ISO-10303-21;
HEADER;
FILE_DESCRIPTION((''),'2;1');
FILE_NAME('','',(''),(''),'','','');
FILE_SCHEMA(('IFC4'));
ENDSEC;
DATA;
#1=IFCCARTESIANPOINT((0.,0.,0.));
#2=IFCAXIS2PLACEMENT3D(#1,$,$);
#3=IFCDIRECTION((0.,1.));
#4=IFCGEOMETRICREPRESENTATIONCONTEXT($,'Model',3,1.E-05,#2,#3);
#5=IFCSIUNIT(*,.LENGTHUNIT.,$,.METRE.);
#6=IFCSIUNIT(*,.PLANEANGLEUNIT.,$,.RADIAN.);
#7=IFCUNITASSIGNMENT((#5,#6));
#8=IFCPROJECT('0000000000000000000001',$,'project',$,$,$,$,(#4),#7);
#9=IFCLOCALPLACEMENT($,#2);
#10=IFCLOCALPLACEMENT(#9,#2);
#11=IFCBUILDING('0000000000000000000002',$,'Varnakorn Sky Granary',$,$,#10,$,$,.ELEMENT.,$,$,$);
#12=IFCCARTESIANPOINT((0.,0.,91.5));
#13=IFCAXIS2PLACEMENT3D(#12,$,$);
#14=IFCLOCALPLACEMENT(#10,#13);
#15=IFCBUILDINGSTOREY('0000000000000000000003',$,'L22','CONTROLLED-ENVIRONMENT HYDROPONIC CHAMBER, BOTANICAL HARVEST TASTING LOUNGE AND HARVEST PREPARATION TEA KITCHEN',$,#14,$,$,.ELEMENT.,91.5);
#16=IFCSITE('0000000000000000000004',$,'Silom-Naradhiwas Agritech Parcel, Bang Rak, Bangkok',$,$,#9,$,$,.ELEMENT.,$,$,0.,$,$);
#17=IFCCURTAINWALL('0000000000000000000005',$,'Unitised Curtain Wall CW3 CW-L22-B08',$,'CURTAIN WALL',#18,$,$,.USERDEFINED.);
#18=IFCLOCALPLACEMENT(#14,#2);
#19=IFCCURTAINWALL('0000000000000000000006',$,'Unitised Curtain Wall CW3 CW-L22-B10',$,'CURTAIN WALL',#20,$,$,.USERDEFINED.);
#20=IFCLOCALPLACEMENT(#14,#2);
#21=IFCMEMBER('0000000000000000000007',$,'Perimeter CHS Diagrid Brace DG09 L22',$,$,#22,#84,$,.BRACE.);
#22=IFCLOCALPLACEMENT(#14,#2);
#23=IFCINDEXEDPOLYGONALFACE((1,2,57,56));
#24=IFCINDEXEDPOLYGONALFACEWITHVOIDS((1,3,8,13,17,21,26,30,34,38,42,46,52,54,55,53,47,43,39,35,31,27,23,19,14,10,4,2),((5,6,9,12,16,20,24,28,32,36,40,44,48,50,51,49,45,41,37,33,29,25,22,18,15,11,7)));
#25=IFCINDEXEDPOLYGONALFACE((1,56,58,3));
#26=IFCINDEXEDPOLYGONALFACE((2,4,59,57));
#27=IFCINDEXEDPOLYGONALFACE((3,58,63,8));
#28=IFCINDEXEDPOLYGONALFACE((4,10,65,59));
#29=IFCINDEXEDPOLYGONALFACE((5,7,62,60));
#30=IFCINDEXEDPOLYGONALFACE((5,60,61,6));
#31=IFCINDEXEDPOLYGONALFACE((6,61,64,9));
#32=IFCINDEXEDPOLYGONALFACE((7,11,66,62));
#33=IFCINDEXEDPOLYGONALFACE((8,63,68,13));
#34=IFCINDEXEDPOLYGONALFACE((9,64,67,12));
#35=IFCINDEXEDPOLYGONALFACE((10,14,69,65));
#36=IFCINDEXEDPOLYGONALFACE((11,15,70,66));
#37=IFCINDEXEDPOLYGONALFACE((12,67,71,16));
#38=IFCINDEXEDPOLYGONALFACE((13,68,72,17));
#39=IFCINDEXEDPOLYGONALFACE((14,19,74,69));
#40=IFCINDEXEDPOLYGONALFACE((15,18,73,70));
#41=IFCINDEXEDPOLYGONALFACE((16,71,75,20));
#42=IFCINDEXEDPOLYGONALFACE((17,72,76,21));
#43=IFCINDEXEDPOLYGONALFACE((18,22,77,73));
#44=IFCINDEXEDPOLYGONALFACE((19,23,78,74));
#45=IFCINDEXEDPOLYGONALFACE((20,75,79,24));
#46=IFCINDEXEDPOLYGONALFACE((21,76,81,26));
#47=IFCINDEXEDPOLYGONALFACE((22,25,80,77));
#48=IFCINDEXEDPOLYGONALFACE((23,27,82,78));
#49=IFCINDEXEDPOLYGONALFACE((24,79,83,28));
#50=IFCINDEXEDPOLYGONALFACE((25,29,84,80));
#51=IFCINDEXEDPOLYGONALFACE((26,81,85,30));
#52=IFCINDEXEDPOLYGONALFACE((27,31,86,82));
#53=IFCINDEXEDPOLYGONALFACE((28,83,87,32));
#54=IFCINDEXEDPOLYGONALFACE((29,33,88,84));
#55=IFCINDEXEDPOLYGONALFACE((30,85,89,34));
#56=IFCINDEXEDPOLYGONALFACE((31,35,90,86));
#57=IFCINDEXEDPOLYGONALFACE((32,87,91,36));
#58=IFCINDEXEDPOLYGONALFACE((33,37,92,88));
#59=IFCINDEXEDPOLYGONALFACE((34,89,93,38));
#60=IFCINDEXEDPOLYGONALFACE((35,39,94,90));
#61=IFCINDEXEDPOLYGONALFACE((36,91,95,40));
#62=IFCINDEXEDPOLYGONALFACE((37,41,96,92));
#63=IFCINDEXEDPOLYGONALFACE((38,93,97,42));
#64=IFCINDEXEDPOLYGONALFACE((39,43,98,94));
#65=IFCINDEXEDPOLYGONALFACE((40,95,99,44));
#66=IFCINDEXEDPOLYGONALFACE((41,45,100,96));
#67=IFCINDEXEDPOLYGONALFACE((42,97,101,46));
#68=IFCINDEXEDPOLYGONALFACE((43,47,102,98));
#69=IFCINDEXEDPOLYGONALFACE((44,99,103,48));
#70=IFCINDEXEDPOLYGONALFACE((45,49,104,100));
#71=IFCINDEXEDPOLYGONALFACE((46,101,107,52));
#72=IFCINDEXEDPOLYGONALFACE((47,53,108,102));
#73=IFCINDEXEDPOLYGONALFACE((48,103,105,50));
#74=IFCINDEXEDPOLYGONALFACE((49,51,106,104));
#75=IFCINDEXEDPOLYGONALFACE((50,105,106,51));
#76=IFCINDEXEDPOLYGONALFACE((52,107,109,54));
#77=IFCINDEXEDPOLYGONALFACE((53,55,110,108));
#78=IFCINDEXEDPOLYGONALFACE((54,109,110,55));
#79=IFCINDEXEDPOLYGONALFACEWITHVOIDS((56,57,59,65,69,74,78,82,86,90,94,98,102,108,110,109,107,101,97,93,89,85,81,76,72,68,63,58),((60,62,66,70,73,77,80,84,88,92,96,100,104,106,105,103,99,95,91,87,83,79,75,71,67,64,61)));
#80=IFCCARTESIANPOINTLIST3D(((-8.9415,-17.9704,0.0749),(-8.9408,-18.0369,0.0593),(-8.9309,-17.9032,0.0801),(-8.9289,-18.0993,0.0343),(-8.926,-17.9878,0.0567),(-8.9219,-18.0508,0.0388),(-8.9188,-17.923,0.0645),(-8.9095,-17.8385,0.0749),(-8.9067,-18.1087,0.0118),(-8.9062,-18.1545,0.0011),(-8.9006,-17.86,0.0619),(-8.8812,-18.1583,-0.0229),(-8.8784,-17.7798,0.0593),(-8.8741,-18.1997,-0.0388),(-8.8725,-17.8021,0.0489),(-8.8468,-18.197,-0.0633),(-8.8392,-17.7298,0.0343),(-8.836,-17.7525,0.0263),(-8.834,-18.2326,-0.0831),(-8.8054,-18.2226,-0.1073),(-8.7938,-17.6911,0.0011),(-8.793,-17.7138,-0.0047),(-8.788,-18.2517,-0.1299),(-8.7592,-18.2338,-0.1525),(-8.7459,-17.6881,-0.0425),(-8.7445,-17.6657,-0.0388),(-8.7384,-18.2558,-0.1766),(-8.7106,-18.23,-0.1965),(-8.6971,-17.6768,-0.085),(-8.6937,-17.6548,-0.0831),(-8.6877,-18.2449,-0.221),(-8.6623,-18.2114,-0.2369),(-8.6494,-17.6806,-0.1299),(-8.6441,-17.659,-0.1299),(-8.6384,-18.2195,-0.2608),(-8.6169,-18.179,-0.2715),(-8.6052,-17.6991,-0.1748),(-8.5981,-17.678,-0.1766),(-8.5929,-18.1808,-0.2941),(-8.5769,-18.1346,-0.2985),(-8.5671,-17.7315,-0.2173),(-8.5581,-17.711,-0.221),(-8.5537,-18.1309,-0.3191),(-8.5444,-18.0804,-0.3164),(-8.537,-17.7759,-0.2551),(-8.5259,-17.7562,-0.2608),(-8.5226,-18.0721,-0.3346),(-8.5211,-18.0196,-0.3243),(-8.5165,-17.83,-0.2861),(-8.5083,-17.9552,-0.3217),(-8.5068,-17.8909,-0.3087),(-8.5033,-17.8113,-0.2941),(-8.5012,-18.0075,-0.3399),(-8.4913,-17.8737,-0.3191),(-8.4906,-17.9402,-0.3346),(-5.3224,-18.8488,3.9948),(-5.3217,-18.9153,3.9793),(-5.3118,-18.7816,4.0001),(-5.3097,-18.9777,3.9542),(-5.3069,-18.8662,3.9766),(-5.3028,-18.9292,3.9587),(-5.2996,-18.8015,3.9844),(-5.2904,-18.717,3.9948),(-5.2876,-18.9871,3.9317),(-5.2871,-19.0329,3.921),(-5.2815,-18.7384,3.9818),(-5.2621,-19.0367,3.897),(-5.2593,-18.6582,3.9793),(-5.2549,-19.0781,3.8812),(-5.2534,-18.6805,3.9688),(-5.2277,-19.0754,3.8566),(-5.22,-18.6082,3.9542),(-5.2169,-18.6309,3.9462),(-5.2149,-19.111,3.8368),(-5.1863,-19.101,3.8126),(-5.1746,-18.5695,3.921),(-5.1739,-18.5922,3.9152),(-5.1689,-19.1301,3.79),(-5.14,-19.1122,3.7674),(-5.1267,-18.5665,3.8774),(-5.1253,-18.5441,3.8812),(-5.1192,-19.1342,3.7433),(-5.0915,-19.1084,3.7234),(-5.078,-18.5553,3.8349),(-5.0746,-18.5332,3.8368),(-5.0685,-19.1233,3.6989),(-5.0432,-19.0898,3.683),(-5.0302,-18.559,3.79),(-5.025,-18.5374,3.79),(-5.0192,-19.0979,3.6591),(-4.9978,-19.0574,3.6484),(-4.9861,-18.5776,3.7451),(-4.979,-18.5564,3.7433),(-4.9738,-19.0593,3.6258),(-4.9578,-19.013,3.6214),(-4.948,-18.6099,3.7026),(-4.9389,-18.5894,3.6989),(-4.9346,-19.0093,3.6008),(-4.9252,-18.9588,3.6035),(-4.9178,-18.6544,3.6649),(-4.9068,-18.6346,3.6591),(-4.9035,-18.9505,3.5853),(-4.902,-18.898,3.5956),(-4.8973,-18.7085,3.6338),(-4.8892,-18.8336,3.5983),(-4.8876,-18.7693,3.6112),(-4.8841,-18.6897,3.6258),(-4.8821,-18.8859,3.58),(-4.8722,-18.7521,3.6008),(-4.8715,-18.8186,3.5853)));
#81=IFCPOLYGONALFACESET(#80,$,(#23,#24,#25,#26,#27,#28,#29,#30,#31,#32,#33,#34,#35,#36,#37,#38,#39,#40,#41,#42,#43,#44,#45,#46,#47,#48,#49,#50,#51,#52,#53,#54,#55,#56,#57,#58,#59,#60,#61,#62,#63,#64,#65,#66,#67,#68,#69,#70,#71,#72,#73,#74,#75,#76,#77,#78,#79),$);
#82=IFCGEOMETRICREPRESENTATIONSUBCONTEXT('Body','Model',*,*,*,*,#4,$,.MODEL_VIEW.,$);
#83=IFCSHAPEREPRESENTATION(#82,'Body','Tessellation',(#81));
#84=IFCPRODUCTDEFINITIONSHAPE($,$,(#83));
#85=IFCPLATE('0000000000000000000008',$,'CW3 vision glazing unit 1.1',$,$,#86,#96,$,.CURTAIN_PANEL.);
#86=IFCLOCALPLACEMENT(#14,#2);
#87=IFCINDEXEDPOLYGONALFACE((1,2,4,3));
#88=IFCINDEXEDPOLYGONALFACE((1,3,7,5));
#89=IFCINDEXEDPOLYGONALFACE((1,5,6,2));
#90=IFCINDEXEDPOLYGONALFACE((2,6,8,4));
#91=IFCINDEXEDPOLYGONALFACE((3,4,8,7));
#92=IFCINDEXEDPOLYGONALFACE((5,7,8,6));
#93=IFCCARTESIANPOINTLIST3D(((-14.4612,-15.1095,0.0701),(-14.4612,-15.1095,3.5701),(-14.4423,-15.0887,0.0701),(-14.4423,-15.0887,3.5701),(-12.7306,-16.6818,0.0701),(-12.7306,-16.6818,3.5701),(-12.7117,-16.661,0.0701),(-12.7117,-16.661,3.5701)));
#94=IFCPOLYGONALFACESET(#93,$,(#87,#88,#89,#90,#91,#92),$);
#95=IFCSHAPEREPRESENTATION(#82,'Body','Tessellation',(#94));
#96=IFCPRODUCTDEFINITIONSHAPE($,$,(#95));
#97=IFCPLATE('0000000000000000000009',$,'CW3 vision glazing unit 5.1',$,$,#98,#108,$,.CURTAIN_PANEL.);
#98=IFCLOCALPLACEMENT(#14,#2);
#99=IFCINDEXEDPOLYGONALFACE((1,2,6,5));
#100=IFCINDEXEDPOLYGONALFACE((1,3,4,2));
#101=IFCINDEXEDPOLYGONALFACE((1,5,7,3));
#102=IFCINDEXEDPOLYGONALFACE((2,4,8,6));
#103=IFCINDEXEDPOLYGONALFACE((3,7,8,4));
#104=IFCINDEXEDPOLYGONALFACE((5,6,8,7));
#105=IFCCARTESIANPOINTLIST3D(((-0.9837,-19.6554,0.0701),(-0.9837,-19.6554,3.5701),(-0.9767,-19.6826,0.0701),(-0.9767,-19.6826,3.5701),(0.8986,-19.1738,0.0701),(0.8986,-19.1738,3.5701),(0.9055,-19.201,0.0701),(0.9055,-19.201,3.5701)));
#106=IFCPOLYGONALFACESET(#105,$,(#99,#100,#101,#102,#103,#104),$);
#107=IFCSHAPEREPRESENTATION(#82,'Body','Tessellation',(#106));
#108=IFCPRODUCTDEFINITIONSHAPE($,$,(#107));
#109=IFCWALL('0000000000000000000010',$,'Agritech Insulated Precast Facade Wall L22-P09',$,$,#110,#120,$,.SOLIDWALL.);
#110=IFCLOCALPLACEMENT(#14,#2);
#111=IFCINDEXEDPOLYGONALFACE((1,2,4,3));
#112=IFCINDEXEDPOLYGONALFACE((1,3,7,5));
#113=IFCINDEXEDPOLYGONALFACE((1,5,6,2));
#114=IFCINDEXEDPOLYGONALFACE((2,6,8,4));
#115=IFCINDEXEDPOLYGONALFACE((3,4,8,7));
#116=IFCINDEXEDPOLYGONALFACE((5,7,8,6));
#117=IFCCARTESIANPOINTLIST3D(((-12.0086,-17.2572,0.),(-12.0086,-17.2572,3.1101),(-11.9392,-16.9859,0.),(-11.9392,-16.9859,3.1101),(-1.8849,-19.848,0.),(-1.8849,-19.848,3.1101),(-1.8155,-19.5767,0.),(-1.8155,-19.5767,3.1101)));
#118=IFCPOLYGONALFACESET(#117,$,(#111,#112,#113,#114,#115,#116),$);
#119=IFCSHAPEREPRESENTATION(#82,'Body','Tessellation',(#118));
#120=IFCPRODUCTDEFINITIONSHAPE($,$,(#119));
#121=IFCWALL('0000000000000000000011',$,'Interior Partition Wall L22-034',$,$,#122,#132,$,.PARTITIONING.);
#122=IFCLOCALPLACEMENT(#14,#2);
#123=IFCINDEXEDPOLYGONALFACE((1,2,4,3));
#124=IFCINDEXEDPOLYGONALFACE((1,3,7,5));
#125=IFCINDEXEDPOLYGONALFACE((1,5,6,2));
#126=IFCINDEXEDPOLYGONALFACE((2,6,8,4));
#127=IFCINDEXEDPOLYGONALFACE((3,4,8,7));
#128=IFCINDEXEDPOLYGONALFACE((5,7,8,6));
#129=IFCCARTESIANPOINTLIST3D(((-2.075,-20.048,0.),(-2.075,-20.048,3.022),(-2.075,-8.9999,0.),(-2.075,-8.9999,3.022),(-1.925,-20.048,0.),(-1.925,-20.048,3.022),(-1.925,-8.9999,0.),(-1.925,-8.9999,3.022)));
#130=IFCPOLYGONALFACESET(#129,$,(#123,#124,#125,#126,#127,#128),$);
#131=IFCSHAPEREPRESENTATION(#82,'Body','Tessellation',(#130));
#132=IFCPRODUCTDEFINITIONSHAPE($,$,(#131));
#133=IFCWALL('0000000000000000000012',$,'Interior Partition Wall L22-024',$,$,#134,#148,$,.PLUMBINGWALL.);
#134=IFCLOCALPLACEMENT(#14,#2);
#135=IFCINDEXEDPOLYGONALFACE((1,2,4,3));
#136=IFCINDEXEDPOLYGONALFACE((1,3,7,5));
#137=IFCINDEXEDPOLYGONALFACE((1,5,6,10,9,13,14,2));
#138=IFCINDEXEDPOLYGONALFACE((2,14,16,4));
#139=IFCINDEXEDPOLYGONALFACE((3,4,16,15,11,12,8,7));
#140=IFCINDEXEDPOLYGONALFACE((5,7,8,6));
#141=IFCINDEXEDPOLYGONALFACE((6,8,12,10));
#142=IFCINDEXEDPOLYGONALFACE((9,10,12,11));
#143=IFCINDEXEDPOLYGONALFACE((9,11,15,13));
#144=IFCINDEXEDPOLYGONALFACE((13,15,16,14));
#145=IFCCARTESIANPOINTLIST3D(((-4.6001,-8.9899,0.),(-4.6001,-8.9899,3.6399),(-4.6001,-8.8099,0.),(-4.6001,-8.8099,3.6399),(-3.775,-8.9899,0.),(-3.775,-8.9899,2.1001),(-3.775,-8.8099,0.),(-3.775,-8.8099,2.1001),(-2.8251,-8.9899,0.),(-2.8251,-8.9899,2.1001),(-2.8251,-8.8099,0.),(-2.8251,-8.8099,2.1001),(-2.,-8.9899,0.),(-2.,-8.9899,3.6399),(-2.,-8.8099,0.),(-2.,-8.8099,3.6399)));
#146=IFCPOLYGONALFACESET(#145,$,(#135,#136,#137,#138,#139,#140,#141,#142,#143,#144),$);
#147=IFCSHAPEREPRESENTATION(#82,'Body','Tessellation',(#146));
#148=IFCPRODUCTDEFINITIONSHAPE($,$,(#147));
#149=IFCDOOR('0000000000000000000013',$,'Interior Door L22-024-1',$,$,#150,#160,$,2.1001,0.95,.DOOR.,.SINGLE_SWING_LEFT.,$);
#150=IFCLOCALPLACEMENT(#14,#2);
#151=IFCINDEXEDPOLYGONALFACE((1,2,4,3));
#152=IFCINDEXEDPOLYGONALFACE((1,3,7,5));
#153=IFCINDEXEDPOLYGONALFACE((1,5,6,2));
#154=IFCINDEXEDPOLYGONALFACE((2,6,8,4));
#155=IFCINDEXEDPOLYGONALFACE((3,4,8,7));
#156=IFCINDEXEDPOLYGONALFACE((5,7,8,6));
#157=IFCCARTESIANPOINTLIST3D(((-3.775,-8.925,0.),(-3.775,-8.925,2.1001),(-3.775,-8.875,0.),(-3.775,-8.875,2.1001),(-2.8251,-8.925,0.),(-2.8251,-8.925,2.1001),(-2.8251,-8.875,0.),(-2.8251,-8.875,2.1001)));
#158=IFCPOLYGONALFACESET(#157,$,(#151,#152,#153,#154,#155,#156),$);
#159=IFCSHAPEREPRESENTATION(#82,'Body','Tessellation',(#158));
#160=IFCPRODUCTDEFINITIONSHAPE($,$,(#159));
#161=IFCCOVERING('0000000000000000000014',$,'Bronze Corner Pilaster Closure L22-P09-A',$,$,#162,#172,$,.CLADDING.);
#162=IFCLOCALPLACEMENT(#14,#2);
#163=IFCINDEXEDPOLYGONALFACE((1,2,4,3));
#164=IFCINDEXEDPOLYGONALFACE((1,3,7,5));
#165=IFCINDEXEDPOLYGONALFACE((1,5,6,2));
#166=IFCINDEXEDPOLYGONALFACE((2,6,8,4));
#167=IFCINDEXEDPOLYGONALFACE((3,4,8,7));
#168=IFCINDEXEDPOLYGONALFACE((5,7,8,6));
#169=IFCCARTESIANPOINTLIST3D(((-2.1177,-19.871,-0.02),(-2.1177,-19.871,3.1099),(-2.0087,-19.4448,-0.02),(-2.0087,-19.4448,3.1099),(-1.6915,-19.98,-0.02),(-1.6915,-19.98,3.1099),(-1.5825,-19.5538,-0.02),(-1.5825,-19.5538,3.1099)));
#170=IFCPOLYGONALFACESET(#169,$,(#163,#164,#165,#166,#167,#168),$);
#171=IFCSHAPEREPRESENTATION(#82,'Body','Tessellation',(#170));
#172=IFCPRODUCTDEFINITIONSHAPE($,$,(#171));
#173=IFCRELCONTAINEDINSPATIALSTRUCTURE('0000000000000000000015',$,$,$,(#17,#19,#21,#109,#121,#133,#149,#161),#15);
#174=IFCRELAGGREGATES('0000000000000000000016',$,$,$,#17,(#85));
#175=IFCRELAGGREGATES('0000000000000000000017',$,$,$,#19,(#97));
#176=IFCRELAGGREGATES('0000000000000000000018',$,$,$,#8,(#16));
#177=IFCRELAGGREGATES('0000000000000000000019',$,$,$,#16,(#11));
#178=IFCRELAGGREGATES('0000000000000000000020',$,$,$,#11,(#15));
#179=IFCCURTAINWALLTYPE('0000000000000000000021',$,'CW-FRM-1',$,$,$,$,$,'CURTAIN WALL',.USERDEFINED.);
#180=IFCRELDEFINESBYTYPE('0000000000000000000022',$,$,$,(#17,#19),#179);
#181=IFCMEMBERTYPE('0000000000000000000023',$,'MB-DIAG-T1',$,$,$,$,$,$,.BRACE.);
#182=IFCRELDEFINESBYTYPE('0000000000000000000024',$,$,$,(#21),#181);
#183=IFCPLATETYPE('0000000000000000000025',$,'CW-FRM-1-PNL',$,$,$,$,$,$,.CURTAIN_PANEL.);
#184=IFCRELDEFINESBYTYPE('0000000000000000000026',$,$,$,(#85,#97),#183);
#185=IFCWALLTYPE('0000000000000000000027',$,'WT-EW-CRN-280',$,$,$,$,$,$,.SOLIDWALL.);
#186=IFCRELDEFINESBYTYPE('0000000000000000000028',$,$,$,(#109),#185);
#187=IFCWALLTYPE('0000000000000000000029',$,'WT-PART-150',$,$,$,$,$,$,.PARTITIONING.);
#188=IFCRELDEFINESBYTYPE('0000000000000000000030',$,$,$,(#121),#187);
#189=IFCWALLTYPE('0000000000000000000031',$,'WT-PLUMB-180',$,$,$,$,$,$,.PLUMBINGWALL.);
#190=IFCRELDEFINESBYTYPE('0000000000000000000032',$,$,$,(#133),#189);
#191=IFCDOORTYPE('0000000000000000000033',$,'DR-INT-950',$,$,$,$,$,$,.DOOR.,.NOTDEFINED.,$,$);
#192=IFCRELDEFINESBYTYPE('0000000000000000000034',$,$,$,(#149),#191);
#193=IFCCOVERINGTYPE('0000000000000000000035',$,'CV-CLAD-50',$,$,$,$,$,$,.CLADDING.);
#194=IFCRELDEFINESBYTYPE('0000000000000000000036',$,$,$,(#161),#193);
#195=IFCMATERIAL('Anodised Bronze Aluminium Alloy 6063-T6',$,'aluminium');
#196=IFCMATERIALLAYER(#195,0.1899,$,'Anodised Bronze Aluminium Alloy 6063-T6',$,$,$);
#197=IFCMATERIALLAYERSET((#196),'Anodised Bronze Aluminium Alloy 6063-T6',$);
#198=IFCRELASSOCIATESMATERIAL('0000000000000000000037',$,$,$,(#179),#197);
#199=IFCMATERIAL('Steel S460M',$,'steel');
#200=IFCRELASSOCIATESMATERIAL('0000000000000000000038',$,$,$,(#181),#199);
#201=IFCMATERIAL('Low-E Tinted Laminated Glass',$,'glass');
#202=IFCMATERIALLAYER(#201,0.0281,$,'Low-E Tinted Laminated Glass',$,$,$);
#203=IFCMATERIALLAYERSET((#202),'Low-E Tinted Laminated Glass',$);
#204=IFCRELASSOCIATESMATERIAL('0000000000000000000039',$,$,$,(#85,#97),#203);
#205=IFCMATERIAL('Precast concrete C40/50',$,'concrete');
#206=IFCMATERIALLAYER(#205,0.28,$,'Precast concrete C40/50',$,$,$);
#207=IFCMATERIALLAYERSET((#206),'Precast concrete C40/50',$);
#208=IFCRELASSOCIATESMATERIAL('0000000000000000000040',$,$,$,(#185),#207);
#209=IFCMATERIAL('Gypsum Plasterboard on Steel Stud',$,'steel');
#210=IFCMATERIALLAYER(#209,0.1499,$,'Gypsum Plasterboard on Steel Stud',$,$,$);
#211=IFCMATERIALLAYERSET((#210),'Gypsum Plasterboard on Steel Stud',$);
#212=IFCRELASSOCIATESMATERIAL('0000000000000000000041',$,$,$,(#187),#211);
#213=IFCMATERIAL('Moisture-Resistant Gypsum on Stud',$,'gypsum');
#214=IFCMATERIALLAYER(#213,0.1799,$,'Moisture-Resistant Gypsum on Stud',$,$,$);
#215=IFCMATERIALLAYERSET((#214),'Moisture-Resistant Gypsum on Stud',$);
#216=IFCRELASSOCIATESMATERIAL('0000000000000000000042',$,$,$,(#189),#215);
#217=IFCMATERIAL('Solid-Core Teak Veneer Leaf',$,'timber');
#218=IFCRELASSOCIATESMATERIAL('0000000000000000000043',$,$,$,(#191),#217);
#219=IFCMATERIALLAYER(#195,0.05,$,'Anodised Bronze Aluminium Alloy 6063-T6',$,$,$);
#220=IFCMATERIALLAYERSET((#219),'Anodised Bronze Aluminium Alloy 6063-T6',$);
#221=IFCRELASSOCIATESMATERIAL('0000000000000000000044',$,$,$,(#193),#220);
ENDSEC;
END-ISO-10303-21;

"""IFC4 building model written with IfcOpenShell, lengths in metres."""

from ifc_helpers import new_model, si_unit, direction, frame, frame_2d, origin, origin_2d, place, context, subcontext, project, spatial, rectangle, hollow_circle, extrude, source, transform, mapped, material, layer, layer_set, material_profile, profile_set, type_object, type_shapes, element, fill, aggregate, save


model = new_model("IFC4")

# Units and contexts
model_context = context("Model", 3, precision=1e-05, world=origin(), true_north=direction((0.0, 1.0)))
body_context = subcontext(model_context, "Body", "Model", "MODEL_VIEW")
ifc_project = project(units=[si_unit("LENGTHUNIT", "METRE"), si_unit("PLANEANGLEUNIT", "RADIAN")], contexts=[model_context])

# Site, building, storey
site_placement = place(None, origin())
site = spatial("IfcSite", under=ifc_project, at=site_placement, Name="Silom-Naradhiwas Agritech Parcel, Bang Rak, Bangkok", CompositionType="ELEMENT", RefElevation=0.0)
building_placement = place(site_placement, origin())
building = spatial("IfcBuilding", under=site, at=building_placement, Name="Varnakorn Sky Granary", CompositionType="ELEMENT")
storey_placement = place(building_placement, frame((0.0, 0.0, 91.5)))
storey = spatial("IfcBuildingStorey", under=building, at=storey_placement, Name="L22", Description="CONTROLLED-ENVIRONMENT HYDROPONIC CHAMBER, BOTANICAL HARVEST TASTING LOUNGE AND HARVEST PREPARATION TEA KITCHEN", CompositionType="ELEMENT", Elevation=91.5)

# Shared definitions
ifc_material_1 = material(Name="Steel S460M", Category="steel")

# Curtain wall
ifc_material_2 = material(Name="Anodised Bronze Aluminium Alloy 6063-T6", Category="aluminium")
ifc_layer_1 = layer(ifc_material_2, 0.1899, Name="Anodised Bronze Aluminium Alloy 6063-T6")
ifc_layer_set_1 = layer_set([ifc_layer_1], Name="Anodised Bronze Aluminium Alloy 6063-T6")
curtain_wall_type = type_object("IfcCurtainWallType", Name="CW-FRM-1", ElementType="CURTAIN WALL", PredefinedType="USERDEFINED", material=ifc_layer_set_1)
curtain_wall_1_placement = place(storey_placement, origin())
curtain_wall_1 = element("IfcCurtainWall", 1, at=curtain_wall_1_placement, inside=storey, type_object=curtain_wall_type, Name="Unitised Curtain Wall CW3 CW-L22-B08", ObjectType="CURTAIN WALL", PredefinedType="USERDEFINED")

# Curtain wall
curtain_wall_2_placement = place(storey_placement, origin())
curtain_wall_2 = element("IfcCurtainWall", 2, at=curtain_wall_2_placement, inside=storey, type_object=curtain_wall_type, Name="Unitised Curtain Wall CW3 CW-L22-B10", ObjectType="CURTAIN WALL", PredefinedType="USERDEFINED")

# Member
ifc_material_profile_1 = material_profile(ifc_material_1, hollow_circle(Radius=0.3049, WallThickness=0.0222, at=origin_2d()), Name="CHS 610x22")
ifc_profile_set_1 = profile_set([ifc_material_profile_1], Name="Steel S460M")
member_type_1 = type_object("IfcMemberType", Name="MB-DIAG-T1", PredefinedType="BRACE", material=ifc_profile_set_1)
member_1_placement = place(storey_placement, frame((-8.7161, -17.9553, -0.1299), z_axis=(0.669344, -0.16246, 0.724972), x_axis=(0.235866, 0.971785, 0.0)))
element("IfcMember", 3, at=member_1_placement, inside=storey, type_object=member_type_1, Name="Perimeter CHS Diagrid Brace DG09 L22", PredefinedType="BRACE", context=body_context, shape_type="SweptSolid", body=[
    extrude(hollow_circle(Radius=0.3049, WallThickness=0.0222, at=origin_2d()), origin(), (0.0, 0.0, 1.0), 5.407),
])

# Plates
ifc_material_3 = material(Name="Low-E Tinted Laminated Glass", Category="glass")
ifc_layer_2 = layer(ifc_material_3, 0.0281, Name="Low-E Tinted Laminated Glass")
ifc_layer_set_2 = layer_set([ifc_layer_2], Name="Low-E Tinted Laminated Glass")
plate_type = type_object("IfcPlateType", Name="CW-FRM-1-PNL", PredefinedType="CURTAIN_PANEL")
shared_shape_1 = source(origin(), body_context, "Body", "SweptSolid", [
    extrude(rectangle(XDim=2.3381, YDim=0.0281, at=origin_2d()), origin(), (0.0, 0.0, 1.0), 3.5),
])
plate_1_placement = place(storey_placement, frame((-13.5864, -15.8853, 0.0701), z_axis=(0.0, 0.0, 1.0), x_axis=(-0.740161, 0.672429, 0.0)))
plate_1 = element("IfcPlate", 4, at=plate_1_placement, type_object=plate_type, material=ifc_layer_set_2, Name="CW3 vision glazing unit 1.1", PredefinedType="CURTAIN_PANEL", context=body_context, shape_type="MappedRepresentation", body=[
    mapped(shared_shape_1, transform((0.0, 0.0, 0.0), x_axis=(1.0, 0.0, 0.0), y_axis=(0.0, 1.0, 0.0), z_axis=(0.0, 0.0, 1.0), scale=1.0)),
])
aggregate(curtain_wall_1, [plate_1])
shared_shape_2 = source(origin(), body_context, "Body", "SweptSolid", [
    extrude(rectangle(XDim=1.9429, YDim=0.0281, at=origin_2d()), origin(), (0.0, 0.0, 1.0), 3.5),
])
type_shapes(plate_type, [shared_shape_1, shared_shape_2])
plate_2_placement = place(storey_placement, frame((-0.0391, -19.4282, 0.0701), z_axis=(0.0, 0.0, 1.0), x_axis=(-0.968785, -0.247904, 0.0)))
plate_2 = element("IfcPlate", 5, at=plate_2_placement, type_object=plate_type, material=ifc_layer_set_2, Name="CW3 vision glazing unit 5.1", PredefinedType="CURTAIN_PANEL", context=body_context, shape_type="MappedRepresentation", body=[
    mapped(shared_shape_2, transform((0.0, 0.0, 0.0), x_axis=(1.0, 0.0, 0.0), y_axis=(0.0, 1.0, 0.0), z_axis=(0.0, 0.0, 1.0), scale=1.0)),
])
aggregate(curtain_wall_2, [plate_2])

# Walls
ifc_material_4 = material(Name="Precast concrete C40/50", Category="concrete")
ifc_layer_3 = layer(ifc_material_4, 0.28, Name="Precast concrete C40/50")
ifc_layer_set_3 = layer_set([ifc_layer_3], Name="Precast concrete C40/50")
wall_type_1 = type_object("IfcWallType", Name="WT-EW-CRN-280", PredefinedType="SOLIDWALL", material=ifc_layer_set_3)
wall_1_placement = place(storey_placement, frame((-1.8501, -19.7124, 0.0), z_axis=(0.0, 0.0, 1.0), x_axis=(-0.968779, 0.247925, 0.0)))
element("IfcWall", 6, at=wall_1_placement, inside=storey, type_object=wall_type_1, Name="Agritech Insulated Precast Facade Wall L22-P09", PredefinedType="SOLIDWALL", context=body_context, shape_type="SweptSolid", body=[
    extrude(rectangle(XDim=10.45, YDim=0.28, at=frame_2d((5.2251, 0.0))), origin(), (0.0, 0.0, 1.0), 3.1101),
])
ifc_material_5 = material(Name="Gypsum Plasterboard on Steel Stud", Category="steel")
ifc_layer_4 = layer(ifc_material_5, 0.1499, Name="Gypsum Plasterboard on Steel Stud")
ifc_layer_set_4 = layer_set([ifc_layer_4], Name="Gypsum Plasterboard on Steel Stud")
wall_type_2 = type_object("IfcWallType", Name="WT-PART-150", PredefinedType="PARTITIONING", material=ifc_layer_set_4)
wall_2_placement = place(storey_placement, frame((-2.0, -9.0, 0.0), z_axis=(0.0, 0.0, 1.0), x_axis=(0.0, -1.0, 0.0)))
element("IfcWall", 7, at=wall_2_placement, inside=storey, type_object=wall_type_2, Name="Interior Partition Wall L22-034", PredefinedType="PARTITIONING", context=body_context, shape_type="SweptSolid", body=[
    extrude(rectangle(XDim=11.0481, YDim=0.1499, at=frame_2d((5.5239, 0.0))), origin(), (0.0, 0.0, 1.0), 3.022),
])

# Wall, opening, door
ifc_material_6 = material(Name="Moisture-Resistant Gypsum on Stud", Category="gypsum")
ifc_layer_5 = layer(ifc_material_6, 0.1799, Name="Moisture-Resistant Gypsum on Stud")
ifc_layer_set_5 = layer_set([ifc_layer_5], Name="Moisture-Resistant Gypsum on Stud")
wall_type_3 = type_object("IfcWallType", Name="WT-PLUMB-180", PredefinedType="PLUMBINGWALL", material=ifc_layer_set_5)
wall_3_placement = place(storey_placement, frame((-4.6001, -8.8999, 0.0), z_axis=(0.0, 0.0, 1.0), x_axis=(1.0, 0.0, 0.0)))
wall_3 = element("IfcWall", 8, at=wall_3_placement, inside=storey, type_object=wall_type_3, Name="Interior Partition Wall L22-024", PredefinedType="PLUMBINGWALL", context=body_context, shape_type="SweptSolid", body=[
    extrude(rectangle(XDim=2.6001, YDim=0.1799, at=frame_2d((1.3, 0.0))), origin(), (0.0, 0.0, 1.0), 3.6399),
])
opening_placement = place(wall_3_placement, frame((0.825, 0.0, 0.0)))
opening = element("IfcOpeningElement", 9, at=opening_placement, cuts=wall_3, PredefinedType="OPENING", context=body_context, shape_type="SweptSolid", body=[
    extrude(rectangle(XDim=0.95, YDim=2.1001, at=frame_2d((0.4751, 1.05))), frame((0.0, 0.1001, 0.0), z_axis=(0.0, -1.0, 0.0), x_axis=(1.0, 0.0, 0.0)), (0.0, 0.0, 1.0), 0.2),
])
ifc_material_7 = material(Name="Solid-Core Teak Veneer Leaf", Category="timber")
door_type = type_object("IfcDoorType", Name="DR-INT-950", OperationType="NOTDEFINED", PredefinedType="DOOR", material=ifc_material_7)
door_placement = place(opening_placement, origin())
door = element("IfcDoor", 10, at=door_placement, inside=storey, type_object=door_type, Name="Interior Door L22-024-1", OperationType="SINGLE_SWING_LEFT", OverallHeight=2.1001, OverallWidth=0.95, PredefinedType="DOOR", context=body_context, shape_type="SweptSolid", body=[
    extrude(rectangle(XDim=0.95, YDim=2.1001, at=frame_2d((0.4751, 1.05))), frame((0.0, 0.0249, 0.0), z_axis=(0.0, -1.0, 0.0), x_axis=(1.0, 0.0, 0.0)), (0.0, 0.0, 1.0), 0.05),
])
fill(opening, door)

# Covering
ifc_layer_6 = layer(ifc_material_2, 0.05, Name="Anodised Bronze Aluminium Alloy 6063-T6")
ifc_layer_set_6 = layer_set([ifc_layer_6], Name="Anodised Bronze Aluminium Alloy 6063-T6")
covering_type = type_object("IfcCoveringType", Name="CV-CLAD-50", PredefinedType="CLADDING", material=ifc_layer_set_6)
shared_shape_3 = source(origin(), body_context, "Body", "SweptSolid", [
    extrude(rectangle(XDim=0.4399, YDim=0.4399, at=origin_2d()), origin(), (0.0, 0.0, 1.0), 3.1299),
])
type_shapes(covering_type, [shared_shape_3])
for number, where, z_axis, x_axis, name in (
    (11, (-1.8501, -19.7124, -0.02), (0.0, 0.0, 1.0), (-0.9688, 0.247845, 0.0), "Bronze Corner Pilaster Closure L22-P09-A"),
):
    element("IfcCovering", number, at=place(storey_placement, frame(where, z_axis=z_axis, x_axis=x_axis)), inside=storey, type_object=covering_type, Name=name, PredefinedType="CLADDING", context=body_context, shape_type="MappedRepresentation", body=[
        mapped(shared_shape_3, transform((0.0, 0.0, 0.0), x_axis=(1.0, 0.0, 0.0), y_axis=(0.0, 1.0, 0.0), z_axis=(0.0, 0.0, 1.0), scale=1.0)),
    ])

save(model, "model.ifc")
